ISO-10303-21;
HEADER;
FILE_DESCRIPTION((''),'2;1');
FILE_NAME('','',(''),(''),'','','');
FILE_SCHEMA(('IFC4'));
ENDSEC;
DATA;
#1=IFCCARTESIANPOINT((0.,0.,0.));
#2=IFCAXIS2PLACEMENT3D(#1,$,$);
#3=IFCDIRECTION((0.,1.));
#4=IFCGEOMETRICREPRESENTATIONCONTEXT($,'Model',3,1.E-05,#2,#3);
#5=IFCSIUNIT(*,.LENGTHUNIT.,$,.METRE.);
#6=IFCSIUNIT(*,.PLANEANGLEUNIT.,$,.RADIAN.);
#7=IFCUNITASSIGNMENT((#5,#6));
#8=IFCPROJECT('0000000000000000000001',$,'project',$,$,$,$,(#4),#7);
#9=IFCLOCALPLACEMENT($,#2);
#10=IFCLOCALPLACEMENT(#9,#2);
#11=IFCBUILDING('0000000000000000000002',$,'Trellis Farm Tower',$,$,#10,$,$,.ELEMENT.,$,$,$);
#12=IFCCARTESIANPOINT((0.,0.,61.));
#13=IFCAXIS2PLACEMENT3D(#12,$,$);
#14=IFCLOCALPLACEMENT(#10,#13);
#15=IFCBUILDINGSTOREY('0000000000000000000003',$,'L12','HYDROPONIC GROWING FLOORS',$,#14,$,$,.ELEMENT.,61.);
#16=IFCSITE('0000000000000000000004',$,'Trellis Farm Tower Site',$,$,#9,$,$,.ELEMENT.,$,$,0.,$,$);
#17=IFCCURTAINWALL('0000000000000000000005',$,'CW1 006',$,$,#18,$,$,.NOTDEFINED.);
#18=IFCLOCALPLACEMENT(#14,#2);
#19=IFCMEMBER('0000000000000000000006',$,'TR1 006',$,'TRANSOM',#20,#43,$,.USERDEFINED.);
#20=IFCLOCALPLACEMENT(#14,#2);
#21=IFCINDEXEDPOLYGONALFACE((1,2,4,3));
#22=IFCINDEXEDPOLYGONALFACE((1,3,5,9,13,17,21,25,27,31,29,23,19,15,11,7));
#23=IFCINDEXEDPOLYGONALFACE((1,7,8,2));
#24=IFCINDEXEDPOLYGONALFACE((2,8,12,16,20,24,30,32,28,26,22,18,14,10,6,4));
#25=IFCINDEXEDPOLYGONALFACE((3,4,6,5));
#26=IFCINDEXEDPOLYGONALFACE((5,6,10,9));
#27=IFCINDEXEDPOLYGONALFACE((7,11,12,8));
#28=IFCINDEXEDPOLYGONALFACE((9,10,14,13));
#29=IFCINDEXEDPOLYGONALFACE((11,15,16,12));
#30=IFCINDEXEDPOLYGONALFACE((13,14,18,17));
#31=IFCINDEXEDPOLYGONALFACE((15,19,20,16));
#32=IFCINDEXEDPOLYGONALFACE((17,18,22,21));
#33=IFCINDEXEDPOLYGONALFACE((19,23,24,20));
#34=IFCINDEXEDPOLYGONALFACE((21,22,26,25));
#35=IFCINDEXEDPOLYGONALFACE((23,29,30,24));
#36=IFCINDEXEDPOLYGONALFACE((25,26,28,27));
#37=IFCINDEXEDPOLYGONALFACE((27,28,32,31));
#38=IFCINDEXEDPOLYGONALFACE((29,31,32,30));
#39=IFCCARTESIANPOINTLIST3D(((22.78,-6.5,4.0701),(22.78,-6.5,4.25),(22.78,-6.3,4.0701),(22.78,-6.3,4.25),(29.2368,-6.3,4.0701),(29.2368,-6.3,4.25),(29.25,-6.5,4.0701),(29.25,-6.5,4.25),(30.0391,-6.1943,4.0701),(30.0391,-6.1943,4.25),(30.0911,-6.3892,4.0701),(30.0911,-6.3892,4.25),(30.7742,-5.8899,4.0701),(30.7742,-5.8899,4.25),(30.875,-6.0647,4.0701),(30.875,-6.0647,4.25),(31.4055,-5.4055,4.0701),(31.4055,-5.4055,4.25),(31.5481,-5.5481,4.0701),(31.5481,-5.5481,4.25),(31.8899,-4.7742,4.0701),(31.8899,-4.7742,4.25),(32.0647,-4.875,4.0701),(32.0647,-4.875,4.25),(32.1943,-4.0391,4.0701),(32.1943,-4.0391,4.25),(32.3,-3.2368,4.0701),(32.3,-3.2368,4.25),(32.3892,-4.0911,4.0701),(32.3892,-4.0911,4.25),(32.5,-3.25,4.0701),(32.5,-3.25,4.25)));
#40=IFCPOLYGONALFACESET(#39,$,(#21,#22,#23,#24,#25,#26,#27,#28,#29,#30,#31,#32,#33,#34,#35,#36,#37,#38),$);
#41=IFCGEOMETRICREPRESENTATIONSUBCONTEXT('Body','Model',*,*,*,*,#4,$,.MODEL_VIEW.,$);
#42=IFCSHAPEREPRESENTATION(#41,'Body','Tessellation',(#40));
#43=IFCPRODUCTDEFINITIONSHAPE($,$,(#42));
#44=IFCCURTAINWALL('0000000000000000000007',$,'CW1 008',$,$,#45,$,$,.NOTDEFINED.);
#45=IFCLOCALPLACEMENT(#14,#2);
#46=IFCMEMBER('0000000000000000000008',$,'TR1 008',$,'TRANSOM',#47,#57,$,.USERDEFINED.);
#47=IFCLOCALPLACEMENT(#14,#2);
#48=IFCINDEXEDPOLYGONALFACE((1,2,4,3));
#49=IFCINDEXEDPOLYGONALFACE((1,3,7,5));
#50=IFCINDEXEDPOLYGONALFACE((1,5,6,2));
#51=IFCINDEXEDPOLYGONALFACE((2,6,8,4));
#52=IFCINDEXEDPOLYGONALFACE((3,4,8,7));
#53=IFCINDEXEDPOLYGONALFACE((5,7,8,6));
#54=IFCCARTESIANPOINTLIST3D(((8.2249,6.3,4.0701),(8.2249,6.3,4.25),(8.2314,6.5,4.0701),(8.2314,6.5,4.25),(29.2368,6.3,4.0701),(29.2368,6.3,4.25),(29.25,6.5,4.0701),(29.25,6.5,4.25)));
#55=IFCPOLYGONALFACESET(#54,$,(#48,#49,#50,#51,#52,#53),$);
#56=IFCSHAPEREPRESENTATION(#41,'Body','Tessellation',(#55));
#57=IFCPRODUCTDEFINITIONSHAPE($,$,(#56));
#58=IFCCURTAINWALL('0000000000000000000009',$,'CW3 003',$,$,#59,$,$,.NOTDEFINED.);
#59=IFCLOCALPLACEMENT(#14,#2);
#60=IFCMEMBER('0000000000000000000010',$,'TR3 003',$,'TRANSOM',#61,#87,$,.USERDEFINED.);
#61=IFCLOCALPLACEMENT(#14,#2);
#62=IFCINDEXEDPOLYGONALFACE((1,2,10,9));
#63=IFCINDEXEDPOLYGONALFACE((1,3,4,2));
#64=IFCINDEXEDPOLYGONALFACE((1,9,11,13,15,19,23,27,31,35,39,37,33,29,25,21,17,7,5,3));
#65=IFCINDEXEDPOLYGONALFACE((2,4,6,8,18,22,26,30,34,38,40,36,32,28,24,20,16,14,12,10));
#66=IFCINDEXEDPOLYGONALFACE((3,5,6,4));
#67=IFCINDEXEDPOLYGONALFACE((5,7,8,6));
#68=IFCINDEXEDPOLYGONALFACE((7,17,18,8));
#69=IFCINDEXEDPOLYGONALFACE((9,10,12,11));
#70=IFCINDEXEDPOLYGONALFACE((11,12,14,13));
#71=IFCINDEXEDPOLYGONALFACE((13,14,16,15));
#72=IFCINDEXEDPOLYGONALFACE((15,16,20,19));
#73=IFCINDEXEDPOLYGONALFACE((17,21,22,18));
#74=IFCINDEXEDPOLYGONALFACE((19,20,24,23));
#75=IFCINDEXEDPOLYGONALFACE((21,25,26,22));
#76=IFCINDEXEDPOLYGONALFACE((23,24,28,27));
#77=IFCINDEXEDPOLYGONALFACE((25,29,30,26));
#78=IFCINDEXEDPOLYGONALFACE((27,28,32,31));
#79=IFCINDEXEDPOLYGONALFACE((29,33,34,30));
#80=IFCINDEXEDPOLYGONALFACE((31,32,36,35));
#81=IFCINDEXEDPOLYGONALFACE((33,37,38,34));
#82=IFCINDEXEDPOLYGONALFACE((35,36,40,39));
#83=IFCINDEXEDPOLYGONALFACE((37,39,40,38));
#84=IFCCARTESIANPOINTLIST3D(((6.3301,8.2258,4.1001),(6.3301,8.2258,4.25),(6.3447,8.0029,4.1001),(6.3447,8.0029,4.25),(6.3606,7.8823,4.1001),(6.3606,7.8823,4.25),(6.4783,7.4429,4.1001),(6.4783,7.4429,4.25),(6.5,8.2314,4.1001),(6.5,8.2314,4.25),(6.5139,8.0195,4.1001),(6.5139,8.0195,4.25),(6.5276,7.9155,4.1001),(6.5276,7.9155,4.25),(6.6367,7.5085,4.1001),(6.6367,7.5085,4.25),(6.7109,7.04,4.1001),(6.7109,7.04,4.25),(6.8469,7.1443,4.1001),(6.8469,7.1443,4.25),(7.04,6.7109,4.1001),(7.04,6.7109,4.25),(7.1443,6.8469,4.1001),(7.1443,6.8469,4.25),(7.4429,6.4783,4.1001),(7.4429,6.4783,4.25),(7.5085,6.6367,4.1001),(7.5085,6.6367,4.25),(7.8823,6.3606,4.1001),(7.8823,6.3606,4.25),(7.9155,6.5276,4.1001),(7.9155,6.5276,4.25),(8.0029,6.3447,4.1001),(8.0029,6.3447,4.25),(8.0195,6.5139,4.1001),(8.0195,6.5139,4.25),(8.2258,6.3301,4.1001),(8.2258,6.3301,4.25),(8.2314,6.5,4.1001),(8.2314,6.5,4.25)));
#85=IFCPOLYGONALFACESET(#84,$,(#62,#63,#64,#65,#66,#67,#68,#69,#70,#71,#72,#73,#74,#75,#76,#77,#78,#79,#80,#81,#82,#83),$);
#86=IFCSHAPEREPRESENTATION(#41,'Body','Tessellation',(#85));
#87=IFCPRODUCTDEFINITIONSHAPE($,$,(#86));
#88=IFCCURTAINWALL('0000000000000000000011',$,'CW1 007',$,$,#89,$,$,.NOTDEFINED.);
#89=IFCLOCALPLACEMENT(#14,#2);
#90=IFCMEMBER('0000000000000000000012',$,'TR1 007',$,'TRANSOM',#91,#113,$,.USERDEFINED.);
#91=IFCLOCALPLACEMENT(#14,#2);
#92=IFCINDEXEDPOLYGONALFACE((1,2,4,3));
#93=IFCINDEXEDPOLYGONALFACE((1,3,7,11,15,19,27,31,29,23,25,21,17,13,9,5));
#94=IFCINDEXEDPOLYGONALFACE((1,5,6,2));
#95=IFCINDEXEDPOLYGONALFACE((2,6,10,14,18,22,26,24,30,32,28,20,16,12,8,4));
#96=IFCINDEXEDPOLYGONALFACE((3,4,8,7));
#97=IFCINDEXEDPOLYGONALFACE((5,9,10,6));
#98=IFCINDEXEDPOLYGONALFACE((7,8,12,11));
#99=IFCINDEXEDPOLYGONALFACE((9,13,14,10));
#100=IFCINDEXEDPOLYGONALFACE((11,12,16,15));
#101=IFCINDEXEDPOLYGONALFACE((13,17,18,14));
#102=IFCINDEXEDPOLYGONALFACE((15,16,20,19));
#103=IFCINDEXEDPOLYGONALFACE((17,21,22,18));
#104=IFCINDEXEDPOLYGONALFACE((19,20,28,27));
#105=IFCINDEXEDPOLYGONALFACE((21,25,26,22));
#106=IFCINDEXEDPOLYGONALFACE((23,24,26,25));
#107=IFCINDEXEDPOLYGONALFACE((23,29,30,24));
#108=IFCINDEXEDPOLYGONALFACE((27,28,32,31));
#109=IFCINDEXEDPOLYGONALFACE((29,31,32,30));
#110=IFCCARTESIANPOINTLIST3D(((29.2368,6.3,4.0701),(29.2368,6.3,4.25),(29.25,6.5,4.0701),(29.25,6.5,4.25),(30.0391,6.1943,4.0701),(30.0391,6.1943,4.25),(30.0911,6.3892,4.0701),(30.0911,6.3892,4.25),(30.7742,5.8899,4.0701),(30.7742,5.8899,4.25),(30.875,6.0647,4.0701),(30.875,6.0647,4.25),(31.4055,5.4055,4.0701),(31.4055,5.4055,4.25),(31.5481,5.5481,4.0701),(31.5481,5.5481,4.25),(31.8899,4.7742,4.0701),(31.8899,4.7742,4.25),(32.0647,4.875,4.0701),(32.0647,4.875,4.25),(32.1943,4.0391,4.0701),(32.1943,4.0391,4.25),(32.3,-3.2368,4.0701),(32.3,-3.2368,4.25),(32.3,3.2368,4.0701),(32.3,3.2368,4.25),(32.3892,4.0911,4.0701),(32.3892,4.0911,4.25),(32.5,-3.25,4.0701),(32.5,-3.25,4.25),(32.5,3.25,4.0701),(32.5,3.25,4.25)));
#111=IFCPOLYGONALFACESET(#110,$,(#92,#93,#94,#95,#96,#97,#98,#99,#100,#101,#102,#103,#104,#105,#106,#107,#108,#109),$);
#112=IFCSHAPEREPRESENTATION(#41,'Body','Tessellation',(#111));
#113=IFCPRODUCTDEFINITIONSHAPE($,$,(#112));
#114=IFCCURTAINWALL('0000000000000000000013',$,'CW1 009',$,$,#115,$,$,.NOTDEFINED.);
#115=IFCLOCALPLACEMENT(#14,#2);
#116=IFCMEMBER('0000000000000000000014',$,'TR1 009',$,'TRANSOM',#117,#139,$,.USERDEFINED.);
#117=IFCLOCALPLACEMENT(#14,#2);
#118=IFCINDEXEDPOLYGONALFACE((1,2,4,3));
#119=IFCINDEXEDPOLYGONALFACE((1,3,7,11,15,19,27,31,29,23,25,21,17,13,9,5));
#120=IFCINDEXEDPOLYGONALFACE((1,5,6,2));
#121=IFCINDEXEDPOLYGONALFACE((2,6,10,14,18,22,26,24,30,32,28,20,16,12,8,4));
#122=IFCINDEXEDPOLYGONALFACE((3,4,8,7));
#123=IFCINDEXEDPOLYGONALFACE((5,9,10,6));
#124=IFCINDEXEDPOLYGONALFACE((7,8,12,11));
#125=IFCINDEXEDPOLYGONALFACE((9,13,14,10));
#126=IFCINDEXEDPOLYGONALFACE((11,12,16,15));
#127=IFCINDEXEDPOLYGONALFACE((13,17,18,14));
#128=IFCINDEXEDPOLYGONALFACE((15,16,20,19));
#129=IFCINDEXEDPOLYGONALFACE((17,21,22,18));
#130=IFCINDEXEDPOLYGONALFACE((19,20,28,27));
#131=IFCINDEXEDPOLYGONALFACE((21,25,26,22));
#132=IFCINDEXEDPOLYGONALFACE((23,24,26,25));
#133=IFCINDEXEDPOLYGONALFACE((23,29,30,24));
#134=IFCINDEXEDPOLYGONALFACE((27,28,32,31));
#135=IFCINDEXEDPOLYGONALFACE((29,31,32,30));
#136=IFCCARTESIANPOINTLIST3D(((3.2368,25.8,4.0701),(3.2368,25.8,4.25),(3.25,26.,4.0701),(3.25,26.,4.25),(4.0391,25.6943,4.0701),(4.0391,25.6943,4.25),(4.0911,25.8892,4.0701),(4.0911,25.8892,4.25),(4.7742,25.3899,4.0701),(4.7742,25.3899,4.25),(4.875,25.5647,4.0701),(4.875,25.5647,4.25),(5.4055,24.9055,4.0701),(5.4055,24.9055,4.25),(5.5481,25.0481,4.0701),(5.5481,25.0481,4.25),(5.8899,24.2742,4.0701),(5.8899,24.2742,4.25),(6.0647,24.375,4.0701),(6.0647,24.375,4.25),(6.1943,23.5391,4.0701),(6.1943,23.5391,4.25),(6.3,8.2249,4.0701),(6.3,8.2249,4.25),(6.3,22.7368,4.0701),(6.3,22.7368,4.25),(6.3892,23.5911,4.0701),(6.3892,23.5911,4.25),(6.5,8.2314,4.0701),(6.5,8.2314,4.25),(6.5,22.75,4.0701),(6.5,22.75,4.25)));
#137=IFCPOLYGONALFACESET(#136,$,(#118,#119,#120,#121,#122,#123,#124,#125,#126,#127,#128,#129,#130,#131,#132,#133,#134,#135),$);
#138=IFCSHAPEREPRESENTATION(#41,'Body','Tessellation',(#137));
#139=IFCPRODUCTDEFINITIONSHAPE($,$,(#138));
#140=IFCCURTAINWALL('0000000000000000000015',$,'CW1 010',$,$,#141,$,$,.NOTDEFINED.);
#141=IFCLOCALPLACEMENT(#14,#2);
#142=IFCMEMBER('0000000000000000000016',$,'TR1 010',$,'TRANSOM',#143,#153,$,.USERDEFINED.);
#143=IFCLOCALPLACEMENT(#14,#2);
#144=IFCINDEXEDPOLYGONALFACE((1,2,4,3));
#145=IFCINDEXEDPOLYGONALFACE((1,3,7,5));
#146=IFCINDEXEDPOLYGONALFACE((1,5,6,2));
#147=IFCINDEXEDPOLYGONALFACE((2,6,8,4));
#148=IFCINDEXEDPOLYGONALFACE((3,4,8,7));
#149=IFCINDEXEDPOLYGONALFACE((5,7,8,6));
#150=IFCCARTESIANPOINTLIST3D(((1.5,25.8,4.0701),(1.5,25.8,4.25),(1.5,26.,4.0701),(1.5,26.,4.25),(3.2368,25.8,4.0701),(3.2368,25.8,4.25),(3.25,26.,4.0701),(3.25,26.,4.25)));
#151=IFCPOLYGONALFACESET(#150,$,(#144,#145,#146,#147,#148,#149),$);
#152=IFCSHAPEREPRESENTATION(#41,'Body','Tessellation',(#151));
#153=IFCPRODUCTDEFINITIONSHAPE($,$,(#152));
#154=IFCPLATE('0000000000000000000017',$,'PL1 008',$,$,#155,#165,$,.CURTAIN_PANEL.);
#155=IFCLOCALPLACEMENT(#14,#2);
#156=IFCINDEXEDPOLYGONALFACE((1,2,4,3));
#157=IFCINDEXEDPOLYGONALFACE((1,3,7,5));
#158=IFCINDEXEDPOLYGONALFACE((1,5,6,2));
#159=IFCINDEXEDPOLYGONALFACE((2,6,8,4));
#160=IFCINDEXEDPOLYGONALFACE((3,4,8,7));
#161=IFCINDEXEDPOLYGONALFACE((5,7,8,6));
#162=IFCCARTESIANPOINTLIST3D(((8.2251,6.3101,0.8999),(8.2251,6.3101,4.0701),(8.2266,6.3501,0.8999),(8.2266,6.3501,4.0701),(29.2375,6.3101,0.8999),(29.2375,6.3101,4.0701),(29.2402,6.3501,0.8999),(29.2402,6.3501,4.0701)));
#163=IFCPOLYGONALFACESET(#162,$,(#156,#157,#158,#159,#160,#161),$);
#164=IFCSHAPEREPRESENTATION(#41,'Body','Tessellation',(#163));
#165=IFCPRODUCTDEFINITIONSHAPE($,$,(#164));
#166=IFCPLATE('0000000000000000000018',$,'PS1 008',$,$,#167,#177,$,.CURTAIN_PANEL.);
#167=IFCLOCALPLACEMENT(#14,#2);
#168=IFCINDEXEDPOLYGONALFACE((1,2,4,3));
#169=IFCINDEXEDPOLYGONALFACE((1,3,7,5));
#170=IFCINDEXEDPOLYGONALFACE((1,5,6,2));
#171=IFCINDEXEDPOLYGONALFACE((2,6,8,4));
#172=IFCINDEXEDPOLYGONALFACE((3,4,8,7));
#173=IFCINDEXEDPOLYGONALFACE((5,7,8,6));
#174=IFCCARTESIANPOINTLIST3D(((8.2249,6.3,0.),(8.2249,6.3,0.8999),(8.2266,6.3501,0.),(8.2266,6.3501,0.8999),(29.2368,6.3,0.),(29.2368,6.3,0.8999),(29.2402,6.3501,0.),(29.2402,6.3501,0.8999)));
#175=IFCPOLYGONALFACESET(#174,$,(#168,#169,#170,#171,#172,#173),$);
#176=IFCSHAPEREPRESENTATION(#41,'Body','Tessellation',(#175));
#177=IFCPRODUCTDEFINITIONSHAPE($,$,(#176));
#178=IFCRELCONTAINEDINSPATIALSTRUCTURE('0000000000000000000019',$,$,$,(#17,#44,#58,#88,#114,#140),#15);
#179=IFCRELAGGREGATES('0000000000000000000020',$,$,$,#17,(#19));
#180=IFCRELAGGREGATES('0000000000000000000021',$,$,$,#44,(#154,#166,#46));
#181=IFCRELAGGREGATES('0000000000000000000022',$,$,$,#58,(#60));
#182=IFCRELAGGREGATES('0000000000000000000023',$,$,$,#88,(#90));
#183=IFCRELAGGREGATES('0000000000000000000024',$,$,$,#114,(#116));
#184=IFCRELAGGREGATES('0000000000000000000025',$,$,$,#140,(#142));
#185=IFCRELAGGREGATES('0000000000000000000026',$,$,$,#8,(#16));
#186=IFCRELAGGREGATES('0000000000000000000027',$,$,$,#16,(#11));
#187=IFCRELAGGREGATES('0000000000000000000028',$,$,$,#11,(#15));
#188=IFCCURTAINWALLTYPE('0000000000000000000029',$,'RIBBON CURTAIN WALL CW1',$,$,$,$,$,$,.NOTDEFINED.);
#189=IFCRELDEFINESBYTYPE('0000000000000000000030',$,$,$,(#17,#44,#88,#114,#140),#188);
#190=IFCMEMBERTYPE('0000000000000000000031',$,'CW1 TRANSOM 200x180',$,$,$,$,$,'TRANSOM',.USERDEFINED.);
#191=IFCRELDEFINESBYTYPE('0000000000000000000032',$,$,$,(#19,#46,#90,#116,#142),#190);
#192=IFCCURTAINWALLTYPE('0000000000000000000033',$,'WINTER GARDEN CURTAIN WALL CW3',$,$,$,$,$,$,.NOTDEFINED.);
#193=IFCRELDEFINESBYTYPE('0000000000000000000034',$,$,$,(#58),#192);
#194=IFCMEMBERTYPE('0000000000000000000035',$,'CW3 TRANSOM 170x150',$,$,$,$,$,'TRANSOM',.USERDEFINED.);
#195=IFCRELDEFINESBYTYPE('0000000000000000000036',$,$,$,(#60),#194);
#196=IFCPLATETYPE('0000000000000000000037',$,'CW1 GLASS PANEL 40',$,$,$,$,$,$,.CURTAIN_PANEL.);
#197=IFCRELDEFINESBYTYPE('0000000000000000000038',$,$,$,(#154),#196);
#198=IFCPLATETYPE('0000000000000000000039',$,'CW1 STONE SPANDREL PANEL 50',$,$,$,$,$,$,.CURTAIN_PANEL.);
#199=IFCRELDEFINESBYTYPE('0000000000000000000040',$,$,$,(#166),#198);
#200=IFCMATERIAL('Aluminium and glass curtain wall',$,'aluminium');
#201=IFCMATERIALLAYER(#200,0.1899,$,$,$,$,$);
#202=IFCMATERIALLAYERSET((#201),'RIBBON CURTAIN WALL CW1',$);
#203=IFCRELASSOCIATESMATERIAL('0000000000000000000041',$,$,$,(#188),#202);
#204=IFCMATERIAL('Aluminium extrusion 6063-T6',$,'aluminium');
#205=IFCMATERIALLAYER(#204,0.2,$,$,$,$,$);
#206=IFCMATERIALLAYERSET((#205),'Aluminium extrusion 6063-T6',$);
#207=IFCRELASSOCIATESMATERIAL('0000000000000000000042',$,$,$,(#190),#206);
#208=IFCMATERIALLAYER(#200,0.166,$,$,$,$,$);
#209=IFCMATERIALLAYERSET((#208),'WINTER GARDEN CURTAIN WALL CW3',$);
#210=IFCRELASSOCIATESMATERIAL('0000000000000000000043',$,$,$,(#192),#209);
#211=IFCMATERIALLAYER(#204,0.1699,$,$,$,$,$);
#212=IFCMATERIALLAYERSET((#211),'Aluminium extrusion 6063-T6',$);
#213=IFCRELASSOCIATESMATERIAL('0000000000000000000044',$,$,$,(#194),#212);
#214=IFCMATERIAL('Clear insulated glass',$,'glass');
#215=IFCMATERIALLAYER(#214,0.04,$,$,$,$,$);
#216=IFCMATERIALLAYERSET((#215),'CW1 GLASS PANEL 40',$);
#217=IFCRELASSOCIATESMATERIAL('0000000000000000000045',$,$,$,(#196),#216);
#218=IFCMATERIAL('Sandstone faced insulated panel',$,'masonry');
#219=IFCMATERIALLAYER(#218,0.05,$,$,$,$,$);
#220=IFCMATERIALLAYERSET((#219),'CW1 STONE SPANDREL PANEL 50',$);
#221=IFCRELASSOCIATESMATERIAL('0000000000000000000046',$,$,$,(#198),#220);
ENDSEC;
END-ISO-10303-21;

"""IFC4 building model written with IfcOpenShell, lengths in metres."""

from ifc_helpers import new_model, si_unit, direction, frame, origin, place, context, subcontext, project, spatial, polyline, outline, extrude, source, transform, mapped, material, layer, layer_set, type_object, element, aggregate, save


model = new_model("IFC4")

# Units and contexts
model_context = context("Model", 3, precision=1e-05, world=origin(), true_north=direction((0.0, 1.0)))
body_context = subcontext(model_context, "Body", "Model", "MODEL_VIEW")
ifc_project = project(units=[si_unit("LENGTHUNIT", "METRE"), si_unit("PLANEANGLEUNIT", "RADIAN")], contexts=[model_context])

# Site, building, storey
site_placement = place(None, origin())
site = spatial("IfcSite", under=ifc_project, at=site_placement, Name="Trellis Farm Tower Site", CompositionType="ELEMENT", RefElevation=0.0)
building_placement = place(site_placement, origin())
building = spatial("IfcBuilding", under=site, at=building_placement, Name="Trellis Farm Tower", CompositionType="ELEMENT")
storey_placement = place(building_placement, frame((0.0, 0.0, 61.0)))
storey = spatial("IfcBuildingStorey", under=building, at=storey_placement, Name="L12", Description="HYDROPONIC GROWING FLOORS", CompositionType="ELEMENT", Elevation=61.0)

# Curtain walls, members
ifc_material_1 = material(Name="Aluminium and glass curtain wall", Category="aluminium")
ifc_layer_1 = layer(ifc_material_1, 0.1899)
ifc_layer_set_1 = layer_set([ifc_layer_1], Name="RIBBON CURTAIN WALL CW1")
curtain_wall_type_1 = type_object("IfcCurtainWallType", Name="RIBBON CURTAIN WALL CW1", PredefinedType="NOTDEFINED", material=ifc_layer_set_1)
placement_1 = place(storey_placement, origin())
curtain_wall_1 = element("IfcCurtainWall", 1, at=placement_1, inside=storey, type_object=curtain_wall_type_1, Name="CW1 006", PredefinedType="NOTDEFINED")
ifc_material_2 = material(Name="Aluminium extrusion 6063-T6", Category="aluminium")
ifc_layer_2 = layer(ifc_material_2, 0.2)
ifc_layer_set_2 = layer_set([ifc_layer_2], Name="Aluminium extrusion 6063-T6")
member_type_1 = type_object("IfcMemberType", Name="CW1 TRANSOM 200x180", ElementType="TRANSOM", PredefinedType="USERDEFINED", material=ifc_layer_set_2)
shared_shape_1 = source(origin(), body_context, "Body", "SweptSolid", [
    extrude(outline(polyline([(22.78, -6.5), (29.25, -6.5), (30.0911, -6.3892), (30.875, -6.0647), (31.5481, -5.5481), (32.0647, -4.875), (32.3892, -4.0911), (32.5, -3.25), (32.3, -3.2368), (32.1943, -4.0391), (31.8899, -4.7742), (31.4055, -5.4055), (30.7742, -5.8899), (30.0391, -6.1943), (29.2368, -6.3), (22.78, -6.3), (22.78, -6.5)])), origin(), (0.0, 0.0, 1.0), 0.1799),
])
placement_2 = place(storey_placement, frame((0.0, 0.0, 4.0701)))
member_1 = element("IfcMember", 2, at=placement_2, type_object=member_type_1, Name="TR1 006", ObjectType="TRANSOM", PredefinedType="USERDEFINED", context=body_context, shape_type="MappedRepresentation", body=[
    mapped(shared_shape_1, transform((0.0, 0.0, 0.0))),
])
aggregate(curtain_wall_1, [member_1])
curtain_wall_2 = element("IfcCurtainWall", 3, at=placement_1, inside=storey, type_object=curtain_wall_type_1, Name="CW1 008", PredefinedType="NOTDEFINED")
shared_shape_2 = source(origin(), body_context, "Body", "SweptSolid", [
    extrude(outline(polyline([(29.25, 6.5), (8.2314, 6.5), (8.2249, 6.3), (29.2368, 6.3), (29.25, 6.5)])), origin(), (0.0, 0.0, 1.0), 0.1799),
])
member_2 = element("IfcMember", 4, at=placement_2, type_object=member_type_1, Name="TR1 008", ObjectType="TRANSOM", PredefinedType="USERDEFINED", context=body_context, shape_type="MappedRepresentation", body=[
    mapped(shared_shape_2, transform((0.0, 0.0, 0.0))),
])
ifc_layer_3 = layer(ifc_material_1, 0.166)
ifc_layer_set_3 = layer_set([ifc_layer_3], Name="WINTER GARDEN CURTAIN WALL CW3")
curtain_wall_type_2 = type_object("IfcCurtainWallType", Name="WINTER GARDEN CURTAIN WALL CW3", PredefinedType="NOTDEFINED", material=ifc_layer_set_3)
curtain_wall_3 = element("IfcCurtainWall", 5, at=placement_1, inside=storey, type_object=curtain_wall_type_2, Name="CW3 003", PredefinedType="NOTDEFINED")
ifc_layer_4 = layer(ifc_material_2, 0.1699)
ifc_layer_set_4 = layer_set([ifc_layer_4], Name="Aluminium extrusion 6063-T6")
member_type_2 = type_object("IfcMemberType", Name="CW3 TRANSOM 170x150", ElementType="TRANSOM", PredefinedType="USERDEFINED", material=ifc_layer_set_4)
shared_shape_3 = source(origin(), body_context, "Body", "SweptSolid", [
    extrude(outline(polyline([(8.2314, 6.5), (8.0195, 6.5139), (7.9155, 6.5276), (7.5085, 6.6367), (7.1443, 6.8469), (6.8469, 7.1443), (6.6367, 7.5085), (6.5276, 7.9155), (6.5139, 8.0195), (6.5, 8.2314), (6.3301, 8.2258), (6.3447, 8.0029), (6.3606, 7.8823), (6.4783, 7.4429), (6.7109, 7.04), (7.04, 6.7109), (7.4429, 6.4783), (7.8823, 6.3606), (8.0029, 6.3447), (8.2258, 6.3301), (8.2314, 6.5)])), origin(), (0.0, 0.0, 1.0), 0.1499),
])
member_3_placement = place(storey_placement, frame((0.0, 0.0, 4.1001)))
member_3 = element("IfcMember", 6, at=member_3_placement, type_object=member_type_2, Name="TR3 003", ObjectType="TRANSOM", PredefinedType="USERDEFINED", context=body_context, shape_type="MappedRepresentation", body=[
    mapped(shared_shape_3, transform((0.0, 0.0, 0.0))),
])
curtain_wall_4 = element("IfcCurtainWall", 7, at=placement_1, inside=storey, type_object=curtain_wall_type_1, Name="CW1 007", PredefinedType="NOTDEFINED")
shared_shape_4 = source(origin(), body_context, "Body", "SweptSolid", [
    extrude(outline(polyline([(32.5, -3.25), (32.5, 3.25), (32.3892, 4.0911), (32.0647, 4.875), (31.5481, 5.5481), (30.875, 6.0647), (30.0911, 6.3892), (29.25, 6.5), (29.2368, 6.3), (30.0391, 6.1943), (30.7742, 5.8899), (31.4055, 5.4055), (31.8899, 4.7742), (32.1943, 4.0391), (32.3, 3.2368), (32.3, -3.2368), (32.5, -3.25)])), origin(), (0.0, 0.0, 1.0), 0.1799),
])
member_4 = element("IfcMember", 8, at=placement_2, type_object=member_type_1, Name="TR1 007", ObjectType="TRANSOM", PredefinedType="USERDEFINED", context=body_context, shape_type="MappedRepresentation", body=[
    mapped(shared_shape_4, transform((0.0, 0.0, 0.0))),
])
curtain_wall_5 = element("IfcCurtainWall", 9, at=placement_1, inside=storey, type_object=curtain_wall_type_1, Name="CW1 009", PredefinedType="NOTDEFINED")
shared_shape_5 = source(origin(), body_context, "Body", "SweptSolid", [
    extrude(outline(polyline([(6.5, 8.2314), (6.5, 22.75), (6.3892, 23.5911), (6.0647, 24.375), (5.5481, 25.0481), (4.875, 25.5647), (4.0911, 25.8892), (3.25, 26.0), (3.2368, 25.8), (4.0391, 25.6943), (4.7742, 25.3899), (5.4055, 24.9055), (5.8899, 24.2742), (6.1943, 23.5391), (6.3, 22.7368), (6.3, 8.2249), (6.5, 8.2314)])), origin(), (0.0, 0.0, 1.0), 0.1799),
])
member_5 = element("IfcMember", 10, at=placement_2, type_object=member_type_1, Name="TR1 009", ObjectType="TRANSOM", PredefinedType="USERDEFINED", context=body_context, shape_type="MappedRepresentation", body=[
    mapped(shared_shape_5, transform((0.0, 0.0, 0.0))),
])
curtain_wall_6 = element("IfcCurtainWall", 11, at=placement_1, inside=storey, type_object=curtain_wall_type_1, Name="CW1 010", PredefinedType="NOTDEFINED")
shared_shape_6 = source(origin(), body_context, "Body", "SweptSolid", [
    extrude(outline(polyline([(3.25, 26.0), (1.5, 26.0), (1.5, 25.8), (3.2368, 25.8), (3.25, 26.0)])), origin(), (0.0, 0.0, 1.0), 0.1799),
])
member_6 = element("IfcMember", 12, at=placement_2, type_object=member_type_1, Name="TR1 010", ObjectType="TRANSOM", PredefinedType="USERDEFINED", context=body_context, shape_type="MappedRepresentation", body=[
    mapped(shared_shape_6, transform((0.0, 0.0, 0.0))),
])

# Plates
ifc_material_3 = material(Name="Clear insulated glass", Category="glass")
ifc_layer_5 = layer(ifc_material_3, 0.04)
ifc_layer_set_5 = layer_set([ifc_layer_5], Name="CW1 GLASS PANEL 40")
plate_type_1 = type_object("IfcPlateType", Name="CW1 GLASS PANEL 40", PredefinedType="CURTAIN_PANEL", material=ifc_layer_set_5)
shared_shape_7 = source(origin(), body_context, "Body", "SweptSolid", [
    extrude(outline(polyline([(29.2402, 6.3501), (8.2266, 6.3501), (8.2251, 6.3101), (29.2375, 6.3101), (29.2402, 6.3501)])), origin(), (0.0, 0.0, 1.0), 3.1702),
])
placement_3 = place(storey_placement, frame((0.0, 0.0, 0.8999)))
plate_1 = element("IfcPlate", 13, at=placement_3, type_object=plate_type_1, Name="PL1 008", PredefinedType="CURTAIN_PANEL", context=body_context, shape_type="MappedRepresentation", body=[
    mapped(shared_shape_7, transform((0.0, 0.0, 0.0))),
])
ifc_material_4 = material(Name="Sandstone faced insulated panel", Category="masonry")
ifc_layer_6 = layer(ifc_material_4, 0.05)
ifc_layer_set_6 = layer_set([ifc_layer_6], Name="CW1 STONE SPANDREL PANEL 50")
plate_type_2 = type_object("IfcPlateType", Name="CW1 STONE SPANDREL PANEL 50", PredefinedType="CURTAIN_PANEL", material=ifc_layer_set_6)
shared_shape_8 = source(origin(), body_context, "Body", "SweptSolid", [
    extrude(outline(polyline([(29.2402, 6.3501), (8.2266, 6.3501), (8.2249, 6.3), (29.2368, 6.3), (29.2402, 6.3501)])), origin(), (0.0, 0.0, 1.0), 0.8999),
])
plate_2 = element("IfcPlate", 14, at=placement_1, type_object=plate_type_2, Name="PS1 008", PredefinedType="CURTAIN_PANEL", context=body_context, shape_type="MappedRepresentation", body=[
    mapped(shared_shape_8, transform((0.0, 0.0, 0.0))),
])
aggregate(curtain_wall_2, [plate_1, plate_2, member_2])
aggregate(curtain_wall_3, [member_3])
aggregate(curtain_wall_4, [member_4])
aggregate(curtain_wall_5, [member_5])
aggregate(curtain_wall_6, [member_6])

save(model, "model.ifc")
